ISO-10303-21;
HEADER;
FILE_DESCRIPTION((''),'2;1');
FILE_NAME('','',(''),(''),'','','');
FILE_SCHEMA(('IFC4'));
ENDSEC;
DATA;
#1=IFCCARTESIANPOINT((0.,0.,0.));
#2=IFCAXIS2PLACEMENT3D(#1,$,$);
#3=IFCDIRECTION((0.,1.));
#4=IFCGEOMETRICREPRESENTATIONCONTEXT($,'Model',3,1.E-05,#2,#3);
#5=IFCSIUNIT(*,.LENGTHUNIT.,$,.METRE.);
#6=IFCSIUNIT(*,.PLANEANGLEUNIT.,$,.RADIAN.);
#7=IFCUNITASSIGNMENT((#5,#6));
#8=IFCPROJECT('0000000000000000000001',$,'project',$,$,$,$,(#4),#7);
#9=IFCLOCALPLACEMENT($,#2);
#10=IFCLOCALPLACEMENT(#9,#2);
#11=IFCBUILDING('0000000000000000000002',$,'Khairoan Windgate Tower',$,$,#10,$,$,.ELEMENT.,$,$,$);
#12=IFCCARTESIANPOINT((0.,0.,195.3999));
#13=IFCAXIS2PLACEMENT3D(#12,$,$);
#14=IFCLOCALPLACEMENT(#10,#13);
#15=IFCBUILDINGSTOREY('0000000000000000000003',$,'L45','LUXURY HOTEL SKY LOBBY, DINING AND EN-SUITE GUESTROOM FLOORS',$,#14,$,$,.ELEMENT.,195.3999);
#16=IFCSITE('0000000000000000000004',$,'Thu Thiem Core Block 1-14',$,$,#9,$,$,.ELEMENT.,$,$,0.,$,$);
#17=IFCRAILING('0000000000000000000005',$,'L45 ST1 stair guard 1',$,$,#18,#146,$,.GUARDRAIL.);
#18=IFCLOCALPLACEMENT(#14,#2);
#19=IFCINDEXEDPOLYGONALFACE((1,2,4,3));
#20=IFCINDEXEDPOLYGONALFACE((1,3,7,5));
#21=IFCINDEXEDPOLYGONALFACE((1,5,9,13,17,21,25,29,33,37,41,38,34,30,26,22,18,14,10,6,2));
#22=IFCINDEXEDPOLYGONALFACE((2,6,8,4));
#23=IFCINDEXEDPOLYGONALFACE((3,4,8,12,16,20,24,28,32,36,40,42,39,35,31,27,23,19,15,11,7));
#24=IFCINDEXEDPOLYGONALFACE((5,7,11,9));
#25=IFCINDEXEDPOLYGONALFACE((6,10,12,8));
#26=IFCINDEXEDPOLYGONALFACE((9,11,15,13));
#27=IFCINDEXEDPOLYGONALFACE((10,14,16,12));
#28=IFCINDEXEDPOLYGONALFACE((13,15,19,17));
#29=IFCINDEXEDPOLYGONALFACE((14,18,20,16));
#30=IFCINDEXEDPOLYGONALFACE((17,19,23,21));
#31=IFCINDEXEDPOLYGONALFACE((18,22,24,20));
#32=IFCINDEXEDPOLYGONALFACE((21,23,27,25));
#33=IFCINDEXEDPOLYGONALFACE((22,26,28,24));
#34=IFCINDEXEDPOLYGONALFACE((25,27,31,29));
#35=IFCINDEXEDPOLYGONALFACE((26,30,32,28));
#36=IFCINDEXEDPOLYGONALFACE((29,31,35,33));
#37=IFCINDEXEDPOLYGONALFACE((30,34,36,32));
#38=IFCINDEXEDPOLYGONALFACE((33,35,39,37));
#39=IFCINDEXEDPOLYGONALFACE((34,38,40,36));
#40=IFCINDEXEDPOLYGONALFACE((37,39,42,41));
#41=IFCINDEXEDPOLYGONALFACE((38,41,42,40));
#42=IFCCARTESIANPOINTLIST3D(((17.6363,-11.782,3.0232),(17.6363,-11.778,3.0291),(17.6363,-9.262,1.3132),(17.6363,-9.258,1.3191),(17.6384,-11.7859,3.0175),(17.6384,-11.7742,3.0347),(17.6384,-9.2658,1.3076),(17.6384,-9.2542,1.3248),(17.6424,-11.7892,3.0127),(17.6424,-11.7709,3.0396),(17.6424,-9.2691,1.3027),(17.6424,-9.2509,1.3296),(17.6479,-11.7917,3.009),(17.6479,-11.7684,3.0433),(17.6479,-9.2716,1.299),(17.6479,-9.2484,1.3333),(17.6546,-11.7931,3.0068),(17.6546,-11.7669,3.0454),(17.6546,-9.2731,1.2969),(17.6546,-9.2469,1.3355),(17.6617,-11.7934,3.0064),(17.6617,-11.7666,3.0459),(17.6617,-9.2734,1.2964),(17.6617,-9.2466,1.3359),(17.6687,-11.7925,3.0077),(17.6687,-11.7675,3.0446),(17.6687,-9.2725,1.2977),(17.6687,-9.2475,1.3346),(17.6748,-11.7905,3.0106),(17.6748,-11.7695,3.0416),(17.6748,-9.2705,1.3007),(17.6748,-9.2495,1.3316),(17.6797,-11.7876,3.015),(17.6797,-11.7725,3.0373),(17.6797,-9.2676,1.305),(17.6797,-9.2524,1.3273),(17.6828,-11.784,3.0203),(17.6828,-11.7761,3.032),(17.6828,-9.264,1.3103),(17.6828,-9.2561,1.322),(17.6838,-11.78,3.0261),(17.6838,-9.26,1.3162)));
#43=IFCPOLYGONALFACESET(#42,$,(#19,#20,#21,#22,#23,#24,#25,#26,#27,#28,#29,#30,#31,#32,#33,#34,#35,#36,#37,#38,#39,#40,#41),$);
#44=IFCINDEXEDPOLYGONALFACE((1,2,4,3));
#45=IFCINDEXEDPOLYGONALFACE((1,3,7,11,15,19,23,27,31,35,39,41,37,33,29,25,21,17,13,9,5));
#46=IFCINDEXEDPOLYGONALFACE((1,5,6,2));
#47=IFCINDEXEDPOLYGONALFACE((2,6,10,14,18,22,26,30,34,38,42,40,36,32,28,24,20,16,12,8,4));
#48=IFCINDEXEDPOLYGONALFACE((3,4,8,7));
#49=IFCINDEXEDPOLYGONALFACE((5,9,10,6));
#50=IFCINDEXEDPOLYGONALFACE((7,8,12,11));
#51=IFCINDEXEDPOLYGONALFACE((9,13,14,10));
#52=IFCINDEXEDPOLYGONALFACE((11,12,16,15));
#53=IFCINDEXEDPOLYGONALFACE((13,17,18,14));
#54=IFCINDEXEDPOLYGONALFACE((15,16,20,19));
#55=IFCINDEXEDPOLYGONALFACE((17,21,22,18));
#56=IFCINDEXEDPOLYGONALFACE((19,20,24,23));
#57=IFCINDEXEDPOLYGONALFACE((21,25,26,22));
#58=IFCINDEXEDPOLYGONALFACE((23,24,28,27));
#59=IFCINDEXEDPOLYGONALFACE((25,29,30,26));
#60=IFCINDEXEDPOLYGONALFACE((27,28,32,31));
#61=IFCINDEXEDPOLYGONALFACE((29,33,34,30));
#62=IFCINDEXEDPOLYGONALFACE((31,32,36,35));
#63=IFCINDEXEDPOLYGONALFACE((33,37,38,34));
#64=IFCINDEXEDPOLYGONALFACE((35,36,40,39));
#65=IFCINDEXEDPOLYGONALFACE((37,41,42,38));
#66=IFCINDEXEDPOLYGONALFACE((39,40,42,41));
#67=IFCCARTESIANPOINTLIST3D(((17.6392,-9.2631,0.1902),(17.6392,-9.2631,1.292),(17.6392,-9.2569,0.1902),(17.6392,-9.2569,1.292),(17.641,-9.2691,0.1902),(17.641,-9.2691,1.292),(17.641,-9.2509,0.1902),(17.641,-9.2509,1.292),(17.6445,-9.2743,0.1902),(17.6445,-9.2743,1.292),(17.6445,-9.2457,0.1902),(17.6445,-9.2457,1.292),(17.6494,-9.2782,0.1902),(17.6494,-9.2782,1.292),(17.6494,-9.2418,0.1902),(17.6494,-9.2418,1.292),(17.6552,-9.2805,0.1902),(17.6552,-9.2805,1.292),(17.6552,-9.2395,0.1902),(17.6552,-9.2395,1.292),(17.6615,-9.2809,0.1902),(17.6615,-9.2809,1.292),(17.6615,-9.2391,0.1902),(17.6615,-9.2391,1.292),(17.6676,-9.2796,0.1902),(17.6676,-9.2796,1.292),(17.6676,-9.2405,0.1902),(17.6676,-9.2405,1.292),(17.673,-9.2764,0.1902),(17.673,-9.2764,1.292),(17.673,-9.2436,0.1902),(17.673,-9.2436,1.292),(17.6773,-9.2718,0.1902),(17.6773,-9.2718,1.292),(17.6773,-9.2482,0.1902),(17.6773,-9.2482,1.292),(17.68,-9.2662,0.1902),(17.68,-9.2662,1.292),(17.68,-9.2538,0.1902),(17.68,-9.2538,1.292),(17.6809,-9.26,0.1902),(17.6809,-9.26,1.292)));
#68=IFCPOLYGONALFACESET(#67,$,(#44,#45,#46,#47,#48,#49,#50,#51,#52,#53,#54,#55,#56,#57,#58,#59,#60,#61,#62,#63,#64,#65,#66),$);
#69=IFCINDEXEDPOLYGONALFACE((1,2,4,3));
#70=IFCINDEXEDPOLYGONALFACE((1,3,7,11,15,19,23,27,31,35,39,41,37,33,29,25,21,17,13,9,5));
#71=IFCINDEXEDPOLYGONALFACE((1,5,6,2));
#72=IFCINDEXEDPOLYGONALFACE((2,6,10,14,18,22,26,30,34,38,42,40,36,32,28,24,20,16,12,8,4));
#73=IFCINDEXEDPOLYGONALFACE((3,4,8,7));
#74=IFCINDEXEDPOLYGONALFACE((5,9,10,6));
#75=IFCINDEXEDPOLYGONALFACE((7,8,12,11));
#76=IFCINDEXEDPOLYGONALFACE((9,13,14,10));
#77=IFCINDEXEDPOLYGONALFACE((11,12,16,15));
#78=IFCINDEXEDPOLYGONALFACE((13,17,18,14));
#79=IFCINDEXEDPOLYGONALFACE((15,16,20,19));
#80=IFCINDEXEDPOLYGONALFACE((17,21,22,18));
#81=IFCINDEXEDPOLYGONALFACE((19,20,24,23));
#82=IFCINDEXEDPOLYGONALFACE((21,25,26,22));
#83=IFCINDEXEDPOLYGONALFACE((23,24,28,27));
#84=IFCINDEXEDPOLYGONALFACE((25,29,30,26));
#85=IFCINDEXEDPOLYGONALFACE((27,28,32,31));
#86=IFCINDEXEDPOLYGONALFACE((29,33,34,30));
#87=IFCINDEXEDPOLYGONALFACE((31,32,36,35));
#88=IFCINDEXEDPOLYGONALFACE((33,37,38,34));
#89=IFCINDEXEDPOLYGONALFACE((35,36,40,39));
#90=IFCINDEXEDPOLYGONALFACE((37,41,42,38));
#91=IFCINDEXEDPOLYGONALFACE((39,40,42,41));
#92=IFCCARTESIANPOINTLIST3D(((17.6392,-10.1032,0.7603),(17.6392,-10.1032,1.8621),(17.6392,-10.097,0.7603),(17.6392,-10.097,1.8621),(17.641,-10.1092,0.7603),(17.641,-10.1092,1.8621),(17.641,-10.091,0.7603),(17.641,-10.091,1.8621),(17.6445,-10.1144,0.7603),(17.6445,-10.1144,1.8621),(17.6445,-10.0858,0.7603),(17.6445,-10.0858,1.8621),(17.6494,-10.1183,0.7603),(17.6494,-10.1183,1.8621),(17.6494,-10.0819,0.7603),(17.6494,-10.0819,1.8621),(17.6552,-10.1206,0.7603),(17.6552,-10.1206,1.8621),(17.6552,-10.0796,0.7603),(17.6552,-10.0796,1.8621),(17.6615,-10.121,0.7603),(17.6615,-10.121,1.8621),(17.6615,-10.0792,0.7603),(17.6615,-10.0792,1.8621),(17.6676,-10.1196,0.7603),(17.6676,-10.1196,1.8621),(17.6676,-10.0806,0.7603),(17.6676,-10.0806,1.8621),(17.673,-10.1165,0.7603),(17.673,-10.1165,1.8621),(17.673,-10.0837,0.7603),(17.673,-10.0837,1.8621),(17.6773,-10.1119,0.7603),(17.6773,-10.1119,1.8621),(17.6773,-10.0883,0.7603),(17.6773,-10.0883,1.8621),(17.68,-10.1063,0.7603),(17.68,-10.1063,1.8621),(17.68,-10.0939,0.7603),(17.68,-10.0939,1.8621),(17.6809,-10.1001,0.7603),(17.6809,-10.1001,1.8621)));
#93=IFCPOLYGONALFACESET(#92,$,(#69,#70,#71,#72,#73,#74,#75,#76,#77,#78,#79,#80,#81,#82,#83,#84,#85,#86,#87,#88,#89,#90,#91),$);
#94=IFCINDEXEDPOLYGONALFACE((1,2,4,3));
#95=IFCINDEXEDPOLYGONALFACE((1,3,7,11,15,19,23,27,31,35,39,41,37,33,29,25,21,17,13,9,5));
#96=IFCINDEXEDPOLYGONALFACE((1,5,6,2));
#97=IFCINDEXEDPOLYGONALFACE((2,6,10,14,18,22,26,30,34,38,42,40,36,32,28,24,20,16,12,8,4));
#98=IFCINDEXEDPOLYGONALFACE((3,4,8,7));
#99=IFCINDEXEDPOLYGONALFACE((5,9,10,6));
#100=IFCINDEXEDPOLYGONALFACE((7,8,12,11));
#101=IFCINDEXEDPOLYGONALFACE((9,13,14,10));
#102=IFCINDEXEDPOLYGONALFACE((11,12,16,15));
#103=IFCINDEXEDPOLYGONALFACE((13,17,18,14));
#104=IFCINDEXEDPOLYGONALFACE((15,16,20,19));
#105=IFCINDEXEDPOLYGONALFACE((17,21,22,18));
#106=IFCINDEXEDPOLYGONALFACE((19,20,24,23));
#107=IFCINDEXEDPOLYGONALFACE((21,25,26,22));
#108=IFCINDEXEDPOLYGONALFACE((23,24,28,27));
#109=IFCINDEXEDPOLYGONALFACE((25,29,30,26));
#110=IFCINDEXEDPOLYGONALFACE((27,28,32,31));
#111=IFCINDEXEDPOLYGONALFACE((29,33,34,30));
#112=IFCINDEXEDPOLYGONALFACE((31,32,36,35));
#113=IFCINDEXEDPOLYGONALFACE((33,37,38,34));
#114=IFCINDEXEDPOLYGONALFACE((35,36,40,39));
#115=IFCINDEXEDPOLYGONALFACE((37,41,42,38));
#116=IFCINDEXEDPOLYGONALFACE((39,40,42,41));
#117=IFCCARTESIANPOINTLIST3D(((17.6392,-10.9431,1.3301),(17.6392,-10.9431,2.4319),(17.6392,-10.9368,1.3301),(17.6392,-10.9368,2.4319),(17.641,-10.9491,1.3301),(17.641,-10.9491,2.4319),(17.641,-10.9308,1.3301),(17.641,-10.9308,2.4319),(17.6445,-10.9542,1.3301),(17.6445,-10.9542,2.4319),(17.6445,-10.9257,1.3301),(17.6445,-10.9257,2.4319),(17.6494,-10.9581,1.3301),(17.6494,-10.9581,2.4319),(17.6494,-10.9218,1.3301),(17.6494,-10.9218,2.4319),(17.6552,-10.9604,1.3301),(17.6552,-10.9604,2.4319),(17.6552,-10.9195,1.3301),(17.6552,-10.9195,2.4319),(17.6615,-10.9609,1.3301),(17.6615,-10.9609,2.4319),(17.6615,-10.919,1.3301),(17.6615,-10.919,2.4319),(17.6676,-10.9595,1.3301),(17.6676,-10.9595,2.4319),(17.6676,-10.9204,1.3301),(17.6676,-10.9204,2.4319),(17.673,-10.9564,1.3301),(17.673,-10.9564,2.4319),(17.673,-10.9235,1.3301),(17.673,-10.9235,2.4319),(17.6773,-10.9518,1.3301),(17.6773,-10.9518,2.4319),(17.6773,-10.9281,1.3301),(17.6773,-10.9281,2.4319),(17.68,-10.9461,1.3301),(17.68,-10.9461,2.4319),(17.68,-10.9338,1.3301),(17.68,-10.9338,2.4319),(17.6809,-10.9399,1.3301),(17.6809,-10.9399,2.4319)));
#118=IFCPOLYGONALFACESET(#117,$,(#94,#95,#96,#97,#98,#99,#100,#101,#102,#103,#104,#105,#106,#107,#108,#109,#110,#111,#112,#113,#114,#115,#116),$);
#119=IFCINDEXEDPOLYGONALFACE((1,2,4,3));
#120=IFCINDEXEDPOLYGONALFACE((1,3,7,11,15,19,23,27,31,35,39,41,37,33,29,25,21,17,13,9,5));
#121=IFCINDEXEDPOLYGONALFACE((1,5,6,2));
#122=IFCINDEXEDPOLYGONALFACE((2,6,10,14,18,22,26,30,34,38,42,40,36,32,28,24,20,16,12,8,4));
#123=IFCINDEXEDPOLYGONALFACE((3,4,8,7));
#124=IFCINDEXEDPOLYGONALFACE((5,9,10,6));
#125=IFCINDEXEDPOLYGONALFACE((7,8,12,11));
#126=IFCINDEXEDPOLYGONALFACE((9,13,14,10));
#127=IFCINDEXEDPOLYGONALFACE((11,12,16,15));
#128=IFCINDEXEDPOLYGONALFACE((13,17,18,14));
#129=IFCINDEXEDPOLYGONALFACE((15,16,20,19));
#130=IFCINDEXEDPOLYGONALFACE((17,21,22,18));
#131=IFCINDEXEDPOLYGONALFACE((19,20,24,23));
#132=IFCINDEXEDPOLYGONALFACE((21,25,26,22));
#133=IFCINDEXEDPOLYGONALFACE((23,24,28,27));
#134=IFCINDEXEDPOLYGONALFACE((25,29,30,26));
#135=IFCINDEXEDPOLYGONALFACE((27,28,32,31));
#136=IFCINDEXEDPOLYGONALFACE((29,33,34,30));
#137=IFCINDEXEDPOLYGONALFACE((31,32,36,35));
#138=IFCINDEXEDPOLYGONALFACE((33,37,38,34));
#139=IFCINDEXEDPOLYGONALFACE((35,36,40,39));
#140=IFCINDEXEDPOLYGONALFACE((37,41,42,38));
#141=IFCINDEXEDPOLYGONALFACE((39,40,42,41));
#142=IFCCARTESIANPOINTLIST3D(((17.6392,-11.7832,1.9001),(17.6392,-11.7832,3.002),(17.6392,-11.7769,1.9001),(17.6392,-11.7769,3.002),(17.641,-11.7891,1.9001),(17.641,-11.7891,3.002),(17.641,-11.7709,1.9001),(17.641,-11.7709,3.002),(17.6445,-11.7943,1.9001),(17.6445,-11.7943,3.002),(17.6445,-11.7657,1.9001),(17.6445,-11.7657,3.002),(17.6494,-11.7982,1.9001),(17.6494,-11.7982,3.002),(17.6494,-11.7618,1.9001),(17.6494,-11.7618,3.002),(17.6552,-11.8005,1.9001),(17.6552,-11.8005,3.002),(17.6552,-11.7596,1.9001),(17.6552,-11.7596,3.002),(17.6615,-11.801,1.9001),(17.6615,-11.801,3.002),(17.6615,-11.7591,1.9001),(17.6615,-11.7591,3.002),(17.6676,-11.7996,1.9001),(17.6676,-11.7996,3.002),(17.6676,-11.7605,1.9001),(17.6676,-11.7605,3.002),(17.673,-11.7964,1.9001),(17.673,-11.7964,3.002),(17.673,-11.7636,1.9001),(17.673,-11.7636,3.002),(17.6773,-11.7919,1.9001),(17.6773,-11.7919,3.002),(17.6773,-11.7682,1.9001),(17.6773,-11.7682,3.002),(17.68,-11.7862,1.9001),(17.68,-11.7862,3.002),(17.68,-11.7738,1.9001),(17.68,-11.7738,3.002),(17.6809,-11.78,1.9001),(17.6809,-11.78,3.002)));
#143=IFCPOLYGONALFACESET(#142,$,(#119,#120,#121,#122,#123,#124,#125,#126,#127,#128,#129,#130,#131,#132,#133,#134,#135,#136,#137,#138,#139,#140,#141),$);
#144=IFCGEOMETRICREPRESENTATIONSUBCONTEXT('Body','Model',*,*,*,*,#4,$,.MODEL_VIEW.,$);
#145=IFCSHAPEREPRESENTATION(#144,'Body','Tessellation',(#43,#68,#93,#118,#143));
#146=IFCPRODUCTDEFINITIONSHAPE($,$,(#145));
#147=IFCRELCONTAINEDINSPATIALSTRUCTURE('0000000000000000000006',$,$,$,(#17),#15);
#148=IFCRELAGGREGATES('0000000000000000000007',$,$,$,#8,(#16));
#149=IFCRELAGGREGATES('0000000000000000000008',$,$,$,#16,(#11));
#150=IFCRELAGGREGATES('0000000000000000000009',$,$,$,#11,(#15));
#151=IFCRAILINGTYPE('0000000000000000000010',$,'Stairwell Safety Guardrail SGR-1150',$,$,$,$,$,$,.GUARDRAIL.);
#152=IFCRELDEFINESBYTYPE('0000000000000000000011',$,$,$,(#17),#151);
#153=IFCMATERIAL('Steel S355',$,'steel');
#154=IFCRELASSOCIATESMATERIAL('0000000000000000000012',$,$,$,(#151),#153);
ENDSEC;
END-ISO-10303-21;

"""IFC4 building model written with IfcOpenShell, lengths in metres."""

from ifc_helpers import new_model, si_unit, direction, frame, origin, origin_2d, place, context, subcontext, project, spatial, circle, extrude, material, type_object, element, save


model = new_model("IFC4")

# Units and contexts
model_context = context("Model", 3, precision=1e-05, world=origin(), true_north=direction((0.0, 1.0)))
body_context = subcontext(model_context, "Body", "Model", "MODEL_VIEW")
ifc_project = project(units=[si_unit("LENGTHUNIT", "METRE"), si_unit("PLANEANGLEUNIT", "RADIAN")], contexts=[model_context])

# Site, building, storey
site_placement = place(None, origin())
site = spatial("IfcSite", under=ifc_project, at=site_placement, Name="Thu Thiem Core Block 1-14", CompositionType="ELEMENT", RefElevation=0.0)
building_placement = place(site_placement, origin())
building = spatial("IfcBuilding", under=site, at=building_placement, Name="Khairoan Windgate Tower", CompositionType="ELEMENT")
storey_placement = place(building_placement, frame((0.0, 0.0, 195.3999)))
storey = spatial("IfcBuildingStorey", under=building, at=storey_placement, Name="L45", Description="LUXURY HOTEL SKY LOBBY, DINING AND EN-SUITE GUESTROOM FLOORS", CompositionType="ELEMENT", Elevation=195.3999)

# Railing
ifc_material_1 = material(Name="Steel S355", Category="steel")
railing_type_1 = type_object("IfcRailingType", Name="Stairwell Safety Guardrail SGR-1150", PredefinedType="GUARDRAIL", material=ifc_material_1)
railing_1_placement = place(storey_placement, frame((17.6599, -9.26, 0.1902)))
element("IfcRailing", 1, at=railing_1_placement, inside=storey, type_object=railing_type_1, Name="L45 ST1 stair guard 1", PredefinedType="GUARDRAIL", context=body_context, shape_type="SweptSolid", body=[
    extrude(circle(Radius=0.0239, at=origin_2d()), frame((0.0, 0.0, 1.126), z_axis=(0.0, -0.827484, 0.56149), x_axis=(1.0, 0.0, 0.0)), (0.0, 0.0, 1.0), 3.0454),
    extrude(circle(Radius=0.021, at=origin_2d()), origin(), (0.0, 0.0, 1.0), 1.1018),
    extrude(circle(Radius=0.021, at=origin_2d()), frame((0.0, -0.8401, 0.5701)), (0.0, 0.0, 1.0), 1.1018),
    extrude(circle(Radius=0.021, at=origin_2d()), frame((0.0, -1.6799, 1.1399)), (0.0, 0.0, 1.0), 1.1018),
    extrude(circle(Radius=0.021, at=origin_2d()), frame((0.0, -2.52, 1.71)), (0.0, 0.0, 1.0), 1.1018),
])

save(model, "model.ifc")
